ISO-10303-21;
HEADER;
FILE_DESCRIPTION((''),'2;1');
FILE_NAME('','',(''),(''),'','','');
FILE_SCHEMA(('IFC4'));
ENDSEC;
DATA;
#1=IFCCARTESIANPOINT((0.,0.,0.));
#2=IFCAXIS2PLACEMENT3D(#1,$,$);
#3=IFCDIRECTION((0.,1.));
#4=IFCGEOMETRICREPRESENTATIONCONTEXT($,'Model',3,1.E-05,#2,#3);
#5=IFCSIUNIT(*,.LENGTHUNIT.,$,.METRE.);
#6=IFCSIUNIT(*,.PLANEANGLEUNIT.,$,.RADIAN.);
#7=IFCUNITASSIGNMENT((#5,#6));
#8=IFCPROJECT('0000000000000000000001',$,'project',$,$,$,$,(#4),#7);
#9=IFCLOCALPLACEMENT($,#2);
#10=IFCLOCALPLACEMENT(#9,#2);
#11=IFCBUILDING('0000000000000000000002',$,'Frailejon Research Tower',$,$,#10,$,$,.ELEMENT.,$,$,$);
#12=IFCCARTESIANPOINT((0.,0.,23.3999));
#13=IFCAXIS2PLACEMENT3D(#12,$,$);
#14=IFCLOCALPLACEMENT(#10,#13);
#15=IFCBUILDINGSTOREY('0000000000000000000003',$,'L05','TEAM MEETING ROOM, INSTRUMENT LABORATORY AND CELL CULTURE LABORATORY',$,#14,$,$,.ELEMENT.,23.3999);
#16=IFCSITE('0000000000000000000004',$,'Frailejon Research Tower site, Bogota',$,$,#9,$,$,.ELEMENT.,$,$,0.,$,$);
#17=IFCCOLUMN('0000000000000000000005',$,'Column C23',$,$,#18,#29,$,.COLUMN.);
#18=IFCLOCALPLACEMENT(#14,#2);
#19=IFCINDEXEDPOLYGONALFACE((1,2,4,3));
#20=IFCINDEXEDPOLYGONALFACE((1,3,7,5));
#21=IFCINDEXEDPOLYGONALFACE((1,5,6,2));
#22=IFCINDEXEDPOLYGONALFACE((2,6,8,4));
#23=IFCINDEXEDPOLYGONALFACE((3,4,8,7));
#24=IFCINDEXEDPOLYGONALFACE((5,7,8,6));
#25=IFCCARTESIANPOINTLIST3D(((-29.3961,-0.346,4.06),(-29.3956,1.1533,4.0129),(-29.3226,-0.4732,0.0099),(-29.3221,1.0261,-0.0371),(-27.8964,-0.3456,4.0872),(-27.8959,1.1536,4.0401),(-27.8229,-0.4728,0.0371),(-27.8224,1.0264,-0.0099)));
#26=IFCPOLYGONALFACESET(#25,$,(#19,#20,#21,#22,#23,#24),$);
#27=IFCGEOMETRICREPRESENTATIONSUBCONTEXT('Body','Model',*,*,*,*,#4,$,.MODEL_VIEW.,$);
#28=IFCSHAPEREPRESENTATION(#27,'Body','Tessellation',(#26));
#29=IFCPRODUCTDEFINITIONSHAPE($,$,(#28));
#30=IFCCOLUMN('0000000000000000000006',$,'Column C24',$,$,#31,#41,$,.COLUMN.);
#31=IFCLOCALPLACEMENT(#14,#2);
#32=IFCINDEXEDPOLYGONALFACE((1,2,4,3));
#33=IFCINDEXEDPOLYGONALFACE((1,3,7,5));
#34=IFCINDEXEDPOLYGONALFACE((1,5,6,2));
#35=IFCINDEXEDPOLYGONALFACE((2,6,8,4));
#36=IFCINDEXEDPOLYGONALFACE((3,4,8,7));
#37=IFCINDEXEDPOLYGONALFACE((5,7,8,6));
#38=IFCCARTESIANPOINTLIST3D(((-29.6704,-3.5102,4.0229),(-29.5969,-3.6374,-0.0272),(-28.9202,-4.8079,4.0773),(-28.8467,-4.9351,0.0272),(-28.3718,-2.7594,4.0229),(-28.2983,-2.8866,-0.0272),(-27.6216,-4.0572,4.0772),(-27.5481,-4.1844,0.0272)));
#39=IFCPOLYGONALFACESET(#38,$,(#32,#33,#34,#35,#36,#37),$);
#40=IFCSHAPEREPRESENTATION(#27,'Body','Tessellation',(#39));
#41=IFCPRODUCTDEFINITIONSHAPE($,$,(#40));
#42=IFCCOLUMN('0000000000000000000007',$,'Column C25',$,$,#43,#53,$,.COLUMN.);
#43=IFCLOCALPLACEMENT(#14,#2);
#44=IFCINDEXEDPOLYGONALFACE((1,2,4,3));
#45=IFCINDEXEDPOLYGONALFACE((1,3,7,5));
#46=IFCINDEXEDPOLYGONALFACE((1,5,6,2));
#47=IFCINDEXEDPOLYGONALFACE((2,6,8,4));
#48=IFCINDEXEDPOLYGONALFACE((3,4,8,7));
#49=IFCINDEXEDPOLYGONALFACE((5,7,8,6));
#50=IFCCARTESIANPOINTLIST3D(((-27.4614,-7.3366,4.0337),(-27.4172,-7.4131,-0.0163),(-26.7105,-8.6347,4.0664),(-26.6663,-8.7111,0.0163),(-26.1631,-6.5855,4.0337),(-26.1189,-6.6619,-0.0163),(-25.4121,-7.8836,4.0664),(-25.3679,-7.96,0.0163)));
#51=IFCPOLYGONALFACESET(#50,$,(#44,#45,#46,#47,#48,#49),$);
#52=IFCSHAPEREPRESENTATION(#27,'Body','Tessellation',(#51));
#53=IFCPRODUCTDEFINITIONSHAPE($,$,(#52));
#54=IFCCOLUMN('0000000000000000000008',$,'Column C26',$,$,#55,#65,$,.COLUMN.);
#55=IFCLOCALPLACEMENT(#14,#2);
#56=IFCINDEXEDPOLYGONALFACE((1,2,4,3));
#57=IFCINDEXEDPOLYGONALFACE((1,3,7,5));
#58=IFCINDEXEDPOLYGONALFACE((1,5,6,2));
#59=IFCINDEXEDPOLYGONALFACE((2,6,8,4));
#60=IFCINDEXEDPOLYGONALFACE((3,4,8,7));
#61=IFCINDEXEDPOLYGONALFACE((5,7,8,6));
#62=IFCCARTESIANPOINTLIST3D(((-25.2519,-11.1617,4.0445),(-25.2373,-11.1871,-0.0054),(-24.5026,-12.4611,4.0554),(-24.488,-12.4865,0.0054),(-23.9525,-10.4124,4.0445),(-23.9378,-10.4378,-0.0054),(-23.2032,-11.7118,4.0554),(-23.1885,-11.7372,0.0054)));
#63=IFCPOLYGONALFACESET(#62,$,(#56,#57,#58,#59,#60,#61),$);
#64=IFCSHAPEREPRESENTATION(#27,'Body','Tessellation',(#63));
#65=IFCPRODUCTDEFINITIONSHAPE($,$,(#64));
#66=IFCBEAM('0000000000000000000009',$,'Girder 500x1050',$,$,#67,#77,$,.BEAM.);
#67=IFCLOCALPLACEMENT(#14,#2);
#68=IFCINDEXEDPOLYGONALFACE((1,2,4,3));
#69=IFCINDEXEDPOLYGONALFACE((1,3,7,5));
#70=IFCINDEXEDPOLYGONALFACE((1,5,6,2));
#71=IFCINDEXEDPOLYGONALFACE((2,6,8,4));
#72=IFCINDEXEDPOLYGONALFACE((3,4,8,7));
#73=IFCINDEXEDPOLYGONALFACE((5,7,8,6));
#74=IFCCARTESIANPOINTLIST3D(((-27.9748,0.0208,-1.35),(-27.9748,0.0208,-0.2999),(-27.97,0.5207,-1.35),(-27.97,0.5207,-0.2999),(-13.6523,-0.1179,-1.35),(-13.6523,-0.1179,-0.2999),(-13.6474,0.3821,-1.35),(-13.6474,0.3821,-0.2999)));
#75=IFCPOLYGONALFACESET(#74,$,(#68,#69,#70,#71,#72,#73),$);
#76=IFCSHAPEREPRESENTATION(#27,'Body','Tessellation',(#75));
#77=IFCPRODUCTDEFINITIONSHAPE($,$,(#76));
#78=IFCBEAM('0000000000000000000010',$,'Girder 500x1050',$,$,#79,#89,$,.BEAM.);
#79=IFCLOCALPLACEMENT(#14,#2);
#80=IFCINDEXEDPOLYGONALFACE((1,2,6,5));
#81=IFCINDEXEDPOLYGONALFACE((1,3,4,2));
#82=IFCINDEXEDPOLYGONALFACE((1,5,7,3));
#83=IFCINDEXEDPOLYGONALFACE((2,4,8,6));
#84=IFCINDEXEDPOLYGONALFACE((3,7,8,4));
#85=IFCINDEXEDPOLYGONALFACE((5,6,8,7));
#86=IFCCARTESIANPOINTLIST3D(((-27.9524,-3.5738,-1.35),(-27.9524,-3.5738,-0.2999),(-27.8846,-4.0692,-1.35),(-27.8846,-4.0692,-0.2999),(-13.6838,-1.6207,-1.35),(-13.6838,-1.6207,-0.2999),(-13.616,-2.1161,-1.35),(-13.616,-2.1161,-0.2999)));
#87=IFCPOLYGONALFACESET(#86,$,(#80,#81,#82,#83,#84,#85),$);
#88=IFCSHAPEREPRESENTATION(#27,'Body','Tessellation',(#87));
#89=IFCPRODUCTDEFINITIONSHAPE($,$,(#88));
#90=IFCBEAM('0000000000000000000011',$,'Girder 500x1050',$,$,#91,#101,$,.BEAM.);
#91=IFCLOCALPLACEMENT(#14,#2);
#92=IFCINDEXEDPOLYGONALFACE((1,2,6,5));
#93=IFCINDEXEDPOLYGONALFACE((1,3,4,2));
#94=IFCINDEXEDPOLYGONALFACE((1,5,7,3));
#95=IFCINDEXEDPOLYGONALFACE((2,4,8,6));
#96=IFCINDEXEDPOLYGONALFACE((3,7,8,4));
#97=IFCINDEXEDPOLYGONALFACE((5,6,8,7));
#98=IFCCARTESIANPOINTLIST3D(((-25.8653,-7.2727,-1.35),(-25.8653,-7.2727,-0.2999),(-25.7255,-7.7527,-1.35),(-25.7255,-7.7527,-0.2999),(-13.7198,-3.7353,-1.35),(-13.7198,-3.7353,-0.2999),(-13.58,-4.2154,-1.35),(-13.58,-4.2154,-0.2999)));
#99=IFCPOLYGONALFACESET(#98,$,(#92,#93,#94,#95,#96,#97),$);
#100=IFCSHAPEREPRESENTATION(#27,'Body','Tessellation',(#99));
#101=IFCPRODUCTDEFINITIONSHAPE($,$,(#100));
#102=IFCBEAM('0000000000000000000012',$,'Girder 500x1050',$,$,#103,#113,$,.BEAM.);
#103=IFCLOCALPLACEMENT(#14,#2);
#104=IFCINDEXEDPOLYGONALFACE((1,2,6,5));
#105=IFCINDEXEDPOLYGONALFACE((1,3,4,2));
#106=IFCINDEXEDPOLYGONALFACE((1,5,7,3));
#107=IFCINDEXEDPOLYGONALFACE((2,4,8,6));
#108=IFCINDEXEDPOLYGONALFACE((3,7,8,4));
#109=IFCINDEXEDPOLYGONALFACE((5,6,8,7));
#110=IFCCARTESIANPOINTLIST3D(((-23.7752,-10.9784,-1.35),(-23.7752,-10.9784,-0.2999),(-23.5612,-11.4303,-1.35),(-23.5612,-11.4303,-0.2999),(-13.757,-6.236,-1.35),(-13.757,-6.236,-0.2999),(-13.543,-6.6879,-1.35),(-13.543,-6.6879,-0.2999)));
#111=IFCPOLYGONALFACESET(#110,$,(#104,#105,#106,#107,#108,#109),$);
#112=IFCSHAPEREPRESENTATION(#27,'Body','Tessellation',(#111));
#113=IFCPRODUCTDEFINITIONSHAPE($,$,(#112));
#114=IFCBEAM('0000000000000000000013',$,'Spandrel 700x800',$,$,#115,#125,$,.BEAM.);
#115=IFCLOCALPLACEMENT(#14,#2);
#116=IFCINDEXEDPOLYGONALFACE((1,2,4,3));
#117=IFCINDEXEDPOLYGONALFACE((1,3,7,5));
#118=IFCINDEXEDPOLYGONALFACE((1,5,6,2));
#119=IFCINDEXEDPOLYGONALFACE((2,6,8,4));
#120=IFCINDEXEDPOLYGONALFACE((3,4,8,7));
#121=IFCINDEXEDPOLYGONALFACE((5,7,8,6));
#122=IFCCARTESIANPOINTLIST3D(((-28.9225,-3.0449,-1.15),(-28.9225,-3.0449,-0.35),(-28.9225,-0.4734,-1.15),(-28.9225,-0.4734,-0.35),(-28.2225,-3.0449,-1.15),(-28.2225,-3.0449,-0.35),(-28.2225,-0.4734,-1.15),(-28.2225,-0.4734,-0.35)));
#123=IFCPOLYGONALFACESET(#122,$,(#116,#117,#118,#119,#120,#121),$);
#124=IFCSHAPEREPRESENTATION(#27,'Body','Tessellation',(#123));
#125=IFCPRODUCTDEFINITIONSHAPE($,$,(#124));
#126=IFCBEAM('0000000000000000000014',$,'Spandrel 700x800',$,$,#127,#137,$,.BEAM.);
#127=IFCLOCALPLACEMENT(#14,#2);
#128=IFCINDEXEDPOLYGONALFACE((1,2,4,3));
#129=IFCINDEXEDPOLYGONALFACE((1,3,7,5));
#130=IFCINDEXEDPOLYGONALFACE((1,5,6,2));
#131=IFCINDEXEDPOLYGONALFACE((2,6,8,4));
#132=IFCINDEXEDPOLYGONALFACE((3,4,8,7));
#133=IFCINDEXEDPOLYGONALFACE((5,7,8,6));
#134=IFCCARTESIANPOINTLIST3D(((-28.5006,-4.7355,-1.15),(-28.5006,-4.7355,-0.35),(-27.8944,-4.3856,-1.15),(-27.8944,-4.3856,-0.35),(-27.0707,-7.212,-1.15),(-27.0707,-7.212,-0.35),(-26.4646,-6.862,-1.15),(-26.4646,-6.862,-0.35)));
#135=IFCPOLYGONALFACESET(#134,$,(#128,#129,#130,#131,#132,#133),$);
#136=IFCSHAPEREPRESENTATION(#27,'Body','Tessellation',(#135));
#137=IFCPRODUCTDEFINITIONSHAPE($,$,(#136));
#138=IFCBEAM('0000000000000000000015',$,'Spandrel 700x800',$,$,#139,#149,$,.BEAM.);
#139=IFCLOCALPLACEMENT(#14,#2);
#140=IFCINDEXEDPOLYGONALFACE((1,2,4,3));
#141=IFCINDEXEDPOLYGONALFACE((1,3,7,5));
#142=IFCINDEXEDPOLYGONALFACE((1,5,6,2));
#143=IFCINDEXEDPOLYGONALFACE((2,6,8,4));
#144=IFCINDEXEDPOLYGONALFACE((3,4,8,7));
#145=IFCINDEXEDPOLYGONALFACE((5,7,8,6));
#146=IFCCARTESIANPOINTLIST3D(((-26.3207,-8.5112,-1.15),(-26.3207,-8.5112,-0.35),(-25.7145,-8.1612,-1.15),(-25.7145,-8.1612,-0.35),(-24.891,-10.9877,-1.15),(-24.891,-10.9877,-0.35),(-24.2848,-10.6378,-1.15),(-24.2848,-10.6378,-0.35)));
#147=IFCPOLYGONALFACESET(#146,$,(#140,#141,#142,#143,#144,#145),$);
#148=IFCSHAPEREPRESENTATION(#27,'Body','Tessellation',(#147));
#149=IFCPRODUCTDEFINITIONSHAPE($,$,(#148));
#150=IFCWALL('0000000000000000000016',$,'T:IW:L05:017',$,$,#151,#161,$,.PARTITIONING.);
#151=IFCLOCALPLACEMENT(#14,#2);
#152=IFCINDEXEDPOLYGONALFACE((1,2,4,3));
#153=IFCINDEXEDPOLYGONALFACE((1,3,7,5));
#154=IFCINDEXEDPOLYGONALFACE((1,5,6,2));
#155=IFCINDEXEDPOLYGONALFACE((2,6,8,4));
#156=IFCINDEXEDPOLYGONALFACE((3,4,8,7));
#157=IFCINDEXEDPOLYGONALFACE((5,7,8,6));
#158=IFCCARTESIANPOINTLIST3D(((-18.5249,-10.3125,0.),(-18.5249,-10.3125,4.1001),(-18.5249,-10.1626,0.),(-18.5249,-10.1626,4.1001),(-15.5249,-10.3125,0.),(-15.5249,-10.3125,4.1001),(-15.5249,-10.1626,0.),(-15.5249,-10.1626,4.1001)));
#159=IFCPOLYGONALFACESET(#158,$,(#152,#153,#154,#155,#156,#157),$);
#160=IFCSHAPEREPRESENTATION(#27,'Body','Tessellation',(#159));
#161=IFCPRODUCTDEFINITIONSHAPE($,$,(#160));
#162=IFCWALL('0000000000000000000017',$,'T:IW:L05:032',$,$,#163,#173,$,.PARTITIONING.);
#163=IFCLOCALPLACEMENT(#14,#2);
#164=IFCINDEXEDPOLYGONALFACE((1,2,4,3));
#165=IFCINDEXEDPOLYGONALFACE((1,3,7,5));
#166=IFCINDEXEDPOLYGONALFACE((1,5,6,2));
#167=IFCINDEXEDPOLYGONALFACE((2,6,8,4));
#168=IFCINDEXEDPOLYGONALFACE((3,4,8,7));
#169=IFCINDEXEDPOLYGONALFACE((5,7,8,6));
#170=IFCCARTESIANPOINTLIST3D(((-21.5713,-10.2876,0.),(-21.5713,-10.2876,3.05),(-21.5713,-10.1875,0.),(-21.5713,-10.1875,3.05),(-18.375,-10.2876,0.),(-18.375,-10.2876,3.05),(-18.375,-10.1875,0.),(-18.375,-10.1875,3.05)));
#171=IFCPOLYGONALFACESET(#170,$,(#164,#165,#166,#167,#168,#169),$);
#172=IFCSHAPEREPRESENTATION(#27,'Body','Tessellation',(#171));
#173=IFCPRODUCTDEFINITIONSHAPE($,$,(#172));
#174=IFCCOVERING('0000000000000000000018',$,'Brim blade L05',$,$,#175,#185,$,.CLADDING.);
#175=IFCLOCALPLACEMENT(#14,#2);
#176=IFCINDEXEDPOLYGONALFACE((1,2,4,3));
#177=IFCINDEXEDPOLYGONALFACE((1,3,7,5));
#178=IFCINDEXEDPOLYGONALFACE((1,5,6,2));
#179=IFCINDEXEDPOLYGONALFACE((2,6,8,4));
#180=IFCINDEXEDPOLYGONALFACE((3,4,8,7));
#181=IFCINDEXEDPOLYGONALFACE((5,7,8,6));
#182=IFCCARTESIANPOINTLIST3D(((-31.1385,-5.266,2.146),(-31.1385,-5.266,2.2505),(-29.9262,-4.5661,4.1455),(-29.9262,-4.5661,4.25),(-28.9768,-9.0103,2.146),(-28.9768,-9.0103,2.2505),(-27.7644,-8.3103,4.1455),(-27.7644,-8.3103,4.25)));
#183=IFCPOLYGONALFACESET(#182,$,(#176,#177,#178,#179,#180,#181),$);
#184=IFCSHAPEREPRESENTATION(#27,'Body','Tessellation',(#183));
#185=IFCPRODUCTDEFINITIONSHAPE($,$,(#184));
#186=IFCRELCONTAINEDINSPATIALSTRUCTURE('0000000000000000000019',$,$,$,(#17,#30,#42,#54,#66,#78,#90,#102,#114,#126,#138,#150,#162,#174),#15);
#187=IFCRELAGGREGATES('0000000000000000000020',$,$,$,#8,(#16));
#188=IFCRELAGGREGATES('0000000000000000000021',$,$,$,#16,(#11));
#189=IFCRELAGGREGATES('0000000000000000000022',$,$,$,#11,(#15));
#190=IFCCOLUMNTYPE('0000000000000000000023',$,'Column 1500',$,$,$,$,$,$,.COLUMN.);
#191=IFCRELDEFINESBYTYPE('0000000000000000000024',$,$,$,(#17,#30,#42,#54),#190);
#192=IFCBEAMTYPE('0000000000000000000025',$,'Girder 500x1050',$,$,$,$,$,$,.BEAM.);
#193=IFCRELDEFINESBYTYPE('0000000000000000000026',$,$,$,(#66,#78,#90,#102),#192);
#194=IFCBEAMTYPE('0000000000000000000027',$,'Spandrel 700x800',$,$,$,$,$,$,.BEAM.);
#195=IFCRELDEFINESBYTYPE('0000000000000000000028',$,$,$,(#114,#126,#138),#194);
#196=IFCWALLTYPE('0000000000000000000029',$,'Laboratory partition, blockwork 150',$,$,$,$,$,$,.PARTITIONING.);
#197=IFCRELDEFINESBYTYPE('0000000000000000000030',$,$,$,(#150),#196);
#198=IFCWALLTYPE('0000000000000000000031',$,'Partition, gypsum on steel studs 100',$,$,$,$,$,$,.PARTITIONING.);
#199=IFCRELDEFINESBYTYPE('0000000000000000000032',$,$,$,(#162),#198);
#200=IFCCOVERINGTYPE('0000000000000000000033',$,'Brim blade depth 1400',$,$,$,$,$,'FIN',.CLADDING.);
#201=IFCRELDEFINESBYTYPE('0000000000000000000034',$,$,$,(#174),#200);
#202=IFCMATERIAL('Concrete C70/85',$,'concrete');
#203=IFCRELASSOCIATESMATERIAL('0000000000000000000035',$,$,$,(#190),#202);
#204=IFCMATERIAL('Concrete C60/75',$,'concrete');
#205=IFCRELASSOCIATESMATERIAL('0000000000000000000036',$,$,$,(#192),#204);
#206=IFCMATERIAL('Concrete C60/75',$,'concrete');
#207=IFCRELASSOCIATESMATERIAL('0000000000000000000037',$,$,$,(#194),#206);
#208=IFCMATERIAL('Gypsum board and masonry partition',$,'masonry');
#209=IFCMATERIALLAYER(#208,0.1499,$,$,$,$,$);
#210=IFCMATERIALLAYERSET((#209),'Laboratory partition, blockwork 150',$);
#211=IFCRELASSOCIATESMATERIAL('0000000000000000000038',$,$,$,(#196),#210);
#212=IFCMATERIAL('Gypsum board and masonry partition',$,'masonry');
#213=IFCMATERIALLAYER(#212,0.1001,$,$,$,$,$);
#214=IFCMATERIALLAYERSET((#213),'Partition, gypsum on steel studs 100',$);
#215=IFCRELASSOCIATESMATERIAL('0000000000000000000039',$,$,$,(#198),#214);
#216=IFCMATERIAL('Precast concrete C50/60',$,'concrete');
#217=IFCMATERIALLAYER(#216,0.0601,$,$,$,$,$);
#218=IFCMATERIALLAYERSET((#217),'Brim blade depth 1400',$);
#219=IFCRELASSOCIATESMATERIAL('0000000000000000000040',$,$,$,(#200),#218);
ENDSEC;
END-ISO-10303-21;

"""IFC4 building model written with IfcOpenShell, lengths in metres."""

from ifc_helpers import new_model, si_unit, direction, frame, frame_2d, origin, origin_2d, place, context, subcontext, project, spatial, polyline, rectangle, outline, extrude, material, layer, layer_set, material_profile, profile_set, type_object, element, save


model = new_model("IFC4")

# Units and contexts
model_context = context("Model", 3, precision=1e-05, world=origin(), true_north=direction((0.0, 1.0)))
body_context = subcontext(model_context, "Body", "Model", "MODEL_VIEW")
ifc_project = project(units=[si_unit("LENGTHUNIT", "METRE"), si_unit("PLANEANGLEUNIT", "RADIAN")], contexts=[model_context])

# Site, building, storey
site_placement = place(None, origin())
site = spatial("IfcSite", under=ifc_project, at=site_placement, Name="Frailejon Research Tower site, Bogota", CompositionType="ELEMENT", RefElevation=0.0)
building_placement = place(site_placement, origin())
building = spatial("IfcBuilding", under=site, at=building_placement, Name="Frailejon Research Tower", CompositionType="ELEMENT")
storey_placement = place(building_placement, frame((0.0, 0.0, 23.3999)))
storey = spatial("IfcBuildingStorey", under=building, at=storey_placement, Name="L05", Description="TEAM MEETING ROOM, INSTRUMENT LABORATORY AND CELL CULTURE LABORATORY", CompositionType="ELEMENT", Elevation=23.3999)

# Columns
ifc_material_1 = material(Name="Concrete C70/85", Category="concrete")
ifc_material_profile_1 = material_profile(ifc_material_1, rectangle(XDim=1.5, YDim=1.5, at=origin_2d()), Name="Column 1500")
ifc_profile_set_1 = profile_set([ifc_material_profile_1], Name="Concrete C70/85")
column_type = type_object("IfcColumnType", Name="Column 1500", PredefinedType="COLUMN", material=ifc_profile_set_1)
for number, where, z_axis, x_axis, name in (
    (1, (-28.5725, 0.2766, 0.0), (-0.018133, 0.031386, 0.999343), (-0.000336, -0.999507, 0.031385), "Column C23"),
    (2, (-28.5725, -3.9109, 0.0), (-0.018133, 0.031386, 0.999343), (0.500145, -0.865183, 0.036247), "Column C24"),
):
    element("IfcColumn", number, at=place(storey_placement, frame(where, z_axis=z_axis, x_axis=x_axis)), inside=storey, type_object=column_type, Name=name, PredefinedType="COLUMN", context=body_context, shape_type="SweptSolid", body=[
        extrude(rectangle(XDim=1.5, YDim=1.5, at=origin_2d()), origin(), (0.0, 0.0, 1.0), 4.0527),
    ])
column_1_placement = place(storey_placement, frame((-26.3926, -7.6865, 0.0), z_axis=(-0.010908, 0.018863, 0.999763), x_axis=(0.500638, -0.865382, 0.02179)))
element("IfcColumn", 3, at=column_1_placement, inside=storey, type_object=column_type, Name="Column C25", PredefinedType="COLUMN", context=body_context, shape_type="SweptSolid", body=[
    extrude(rectangle(XDim=1.5, YDim=1.5, at=origin_2d()), origin(), (0.0, 0.0, 1.0), 4.051),
])
column_2_placement = place(storey_placement, frame((-24.2129, -11.4622, 0.0), z_axis=(-0.003617, 0.006269, 0.999974), x_axis=(0.499536, -0.866263, 0.007238)))
element("IfcColumn", 4, at=column_2_placement, inside=storey, type_object=column_type, Name="Column C26", PredefinedType="COLUMN", context=body_context, shape_type="SweptSolid", body=[
    extrude(rectangle(XDim=1.5, YDim=1.5, at=origin_2d()), origin(), (0.0, 0.0, 1.0), 4.05),
])

# Beams
ifc_material_2 = material(Name="Concrete C60/75", Category="concrete")
ifc_material_profile_2 = material_profile(ifc_material_2, rectangle(XDim=0.5, YDim=1.05, at=origin_2d()), Name="Girder 500x1050")
ifc_profile_set_2 = profile_set([ifc_material_profile_2], Name="Concrete C60/75")
beam_type_1 = type_object("IfcBeamType", Name="Girder 500x1050", PredefinedType="BEAM", material=ifc_profile_set_2)
beam_1_placement = place(storey_placement, frame((-27.9724, 0.2708, -0.825), z_axis=(0.999953, -0.009682, 0.0), x_axis=(0.009682, 0.999953, 0.0)))
element("IfcBeam", 5, at=beam_1_placement, inside=storey, type_object=beam_type_1, Name="Girder 500x1050", PredefinedType="BEAM", context=body_context, shape_type="SweptSolid", body=[
    extrude(rectangle(XDim=0.5, YDim=1.05, at=origin_2d()), origin(), (0.0, 0.0, 1.0), 14.3232),
])
beam_2_placement = place(storey_placement, frame((-27.9185, -3.8215, -0.825), z_axis=(0.990761, 0.135619, 0.0), x_axis=(-0.135619, 0.990761, 0.0)))
element("IfcBeam", 6, at=beam_2_placement, inside=storey, type_object=beam_type_1, Name="Girder 500x1050", PredefinedType="BEAM", context=body_context, shape_type="SweptSolid", body=[
    extrude(rectangle(XDim=0.5, YDim=1.05, at=origin_2d()), origin(), (0.0, 0.0, 1.0), 14.4016),
])
beam_3_placement = place(storey_placement, frame((-25.7954, -7.5127, -0.825), z_axis=(0.960108, 0.279629, 0.0), x_axis=(-0.279629, 0.960108, 0.0)))
element("IfcBeam", 7, at=beam_3_placement, inside=storey, type_object=beam_type_1, Name="Girder 500x1050", PredefinedType="BEAM", context=body_context, shape_type="SweptSolid", body=[
    extrude(rectangle(XDim=0.5, YDim=1.05, at=origin_2d()), origin(), (0.0, 0.0, 1.0), 12.6501),
])
beam_4_placement = place(storey_placement, frame((-23.6682, -11.2043, -0.825), z_axis=(0.903845, 0.427859, 0.0), x_axis=(-0.427859, 0.903845, 0.0)))
element("IfcBeam", 8, at=beam_4_placement, inside=storey, type_object=beam_type_1, Name="Girder 500x1050", PredefinedType="BEAM", context=body_context, shape_type="SweptSolid", body=[
    extrude(rectangle(XDim=0.5, YDim=1.05, at=origin_2d()), origin(), (0.0, 0.0, 1.0), 11.084),
])
ifc_material_3 = material(Name="Concrete C60/75", Category="concrete")
ifc_material_profile_3 = material_profile(ifc_material_3, rectangle(XDim=0.7, YDim=0.8, at=origin_2d()), Name="Spandrel 700x800")
ifc_profile_set_3 = profile_set([ifc_material_profile_3], Name="Concrete C60/75")
beam_type_2 = type_object("IfcBeamType", Name="Spandrel 700x800", PredefinedType="BEAM", material=ifc_profile_set_3)
beam_5_placement = place(storey_placement, frame((-28.5725, -0.4734, -0.75), z_axis=(0.0, -1.0, 0.0), x_axis=(1.0, 0.0, 0.0)))
element("IfcBeam", 9, at=beam_5_placement, inside=storey, type_object=beam_type_2, Name="Spandrel 700x800", PredefinedType="BEAM", context=body_context, shape_type="SweptSolid", body=[
    extrude(rectangle(XDim=0.7, YDim=0.8, at=origin_2d()), origin(), (0.0, 0.0, 1.0), 2.5715),
])
for number, where, z_axis, x_axis, name in (
    (10, (-28.1975, -4.5605, -0.75), (0.500023, -0.866012, 0.0), (0.866012, 0.500023, 0.0), "Spandrel 700x800"),
    (11, (-26.0176, -8.3362, -0.75), (0.499959, -0.866049, 0.0), (0.866049, 0.499959, 0.0), "Spandrel 700x800"),
):
    element("IfcBeam", number, at=place(storey_placement, frame(where, z_axis=z_axis, x_axis=x_axis)), inside=storey, type_object=beam_type_2, Name=name, PredefinedType="BEAM", context=body_context, shape_type="SweptSolid", body=[
        extrude(rectangle(XDim=0.7, YDim=0.8, at=origin_2d()), origin(), (0.0, 0.0, 1.0), 2.8596),
    ])

# Walls
ifc_material_4 = material(Name="Gypsum board and masonry partition", Category="masonry")
ifc_layer_1 = layer(ifc_material_4, 0.1499)
ifc_layer_set_1 = layer_set([ifc_layer_1], Name="Laboratory partition, blockwork 150")
wall_type_1 = type_object("IfcWallType", Name="Laboratory partition, blockwork 150", PredefinedType="PARTITIONING", material=ifc_layer_set_1)
wall_1_placement = place(storey_placement, frame((-18.5249, -10.2375, 0.0), z_axis=(0.0, 0.0, 1.0), x_axis=(1.0, 0.0, 0.0)))
element("IfcWall", 12, at=wall_1_placement, inside=storey, type_object=wall_type_1, Name="T:IW:L05:017", PredefinedType="PARTITIONING", context=body_context, shape_type="SweptSolid", body=[
    extrude(rectangle(XDim=3.0, YDim=0.1499, at=frame_2d((1.5, 0.0))), origin(), (0.0, 0.0, 1.0), 4.1001),
])
ifc_material_5 = material(Name="Gypsum board and masonry partition", Category="masonry")
ifc_layer_2 = layer(ifc_material_5, 0.1001)
ifc_layer_set_2 = layer_set([ifc_layer_2], Name="Partition, gypsum on steel studs 100")
wall_type_2 = type_object("IfcWallType", Name="Partition, gypsum on steel studs 100", PredefinedType="PARTITIONING", material=ifc_layer_set_2)
wall_2_placement = place(storey_placement, frame((-21.5713, -10.2375, 0.0), z_axis=(0.0, 0.0, 1.0), x_axis=(1.0, 0.0, 0.0)))
element("IfcWall", 13, at=wall_2_placement, inside=storey, type_object=wall_type_2, Name="T:IW:L05:032", PredefinedType="PARTITIONING", context=body_context, shape_type="SweptSolid", body=[
    extrude(rectangle(XDim=3.1963, YDim=0.1001, at=frame_2d((1.5981, 0.0))), origin(), (0.0, 0.0, 1.0), 3.05),
])

# Covering
ifc_material_6 = material(Name="Precast concrete C50/60", Category="concrete")
ifc_layer_3 = layer(ifc_material_6, 0.0601)
ifc_layer_set_3 = layer_set([ifc_layer_3], Name="Brim blade depth 1400")
covering_type_1 = type_object("IfcCoveringType", Name="Brim blade depth 1400", ElementType="FIN", PredefinedType="CLADDING", material=ifc_layer_set_3)
covering_1_placement = place(storey_placement, frame((-27.7644, -8.3103, 4.25), z_axis=(-0.500005, 0.866023, 0.0), x_axis=(-0.866023, -0.500005, 0.0)))
element("IfcCovering", 14, at=covering_1_placement, inside=storey, type_object=covering_type_1, Name="Brim blade L05", PredefinedType="CLADDING", context=body_context, shape_type="SweptSolid", body=[
    extrude(outline(polyline([(0.0, -0.1045), (1.3999, -2.104), (1.3999, -1.9995), (0.0, 0.0), (0.0, -0.1045)])), origin(), (0.0, 0.0, 1.0), 4.3235),
])

save(model, "model.ifc")
